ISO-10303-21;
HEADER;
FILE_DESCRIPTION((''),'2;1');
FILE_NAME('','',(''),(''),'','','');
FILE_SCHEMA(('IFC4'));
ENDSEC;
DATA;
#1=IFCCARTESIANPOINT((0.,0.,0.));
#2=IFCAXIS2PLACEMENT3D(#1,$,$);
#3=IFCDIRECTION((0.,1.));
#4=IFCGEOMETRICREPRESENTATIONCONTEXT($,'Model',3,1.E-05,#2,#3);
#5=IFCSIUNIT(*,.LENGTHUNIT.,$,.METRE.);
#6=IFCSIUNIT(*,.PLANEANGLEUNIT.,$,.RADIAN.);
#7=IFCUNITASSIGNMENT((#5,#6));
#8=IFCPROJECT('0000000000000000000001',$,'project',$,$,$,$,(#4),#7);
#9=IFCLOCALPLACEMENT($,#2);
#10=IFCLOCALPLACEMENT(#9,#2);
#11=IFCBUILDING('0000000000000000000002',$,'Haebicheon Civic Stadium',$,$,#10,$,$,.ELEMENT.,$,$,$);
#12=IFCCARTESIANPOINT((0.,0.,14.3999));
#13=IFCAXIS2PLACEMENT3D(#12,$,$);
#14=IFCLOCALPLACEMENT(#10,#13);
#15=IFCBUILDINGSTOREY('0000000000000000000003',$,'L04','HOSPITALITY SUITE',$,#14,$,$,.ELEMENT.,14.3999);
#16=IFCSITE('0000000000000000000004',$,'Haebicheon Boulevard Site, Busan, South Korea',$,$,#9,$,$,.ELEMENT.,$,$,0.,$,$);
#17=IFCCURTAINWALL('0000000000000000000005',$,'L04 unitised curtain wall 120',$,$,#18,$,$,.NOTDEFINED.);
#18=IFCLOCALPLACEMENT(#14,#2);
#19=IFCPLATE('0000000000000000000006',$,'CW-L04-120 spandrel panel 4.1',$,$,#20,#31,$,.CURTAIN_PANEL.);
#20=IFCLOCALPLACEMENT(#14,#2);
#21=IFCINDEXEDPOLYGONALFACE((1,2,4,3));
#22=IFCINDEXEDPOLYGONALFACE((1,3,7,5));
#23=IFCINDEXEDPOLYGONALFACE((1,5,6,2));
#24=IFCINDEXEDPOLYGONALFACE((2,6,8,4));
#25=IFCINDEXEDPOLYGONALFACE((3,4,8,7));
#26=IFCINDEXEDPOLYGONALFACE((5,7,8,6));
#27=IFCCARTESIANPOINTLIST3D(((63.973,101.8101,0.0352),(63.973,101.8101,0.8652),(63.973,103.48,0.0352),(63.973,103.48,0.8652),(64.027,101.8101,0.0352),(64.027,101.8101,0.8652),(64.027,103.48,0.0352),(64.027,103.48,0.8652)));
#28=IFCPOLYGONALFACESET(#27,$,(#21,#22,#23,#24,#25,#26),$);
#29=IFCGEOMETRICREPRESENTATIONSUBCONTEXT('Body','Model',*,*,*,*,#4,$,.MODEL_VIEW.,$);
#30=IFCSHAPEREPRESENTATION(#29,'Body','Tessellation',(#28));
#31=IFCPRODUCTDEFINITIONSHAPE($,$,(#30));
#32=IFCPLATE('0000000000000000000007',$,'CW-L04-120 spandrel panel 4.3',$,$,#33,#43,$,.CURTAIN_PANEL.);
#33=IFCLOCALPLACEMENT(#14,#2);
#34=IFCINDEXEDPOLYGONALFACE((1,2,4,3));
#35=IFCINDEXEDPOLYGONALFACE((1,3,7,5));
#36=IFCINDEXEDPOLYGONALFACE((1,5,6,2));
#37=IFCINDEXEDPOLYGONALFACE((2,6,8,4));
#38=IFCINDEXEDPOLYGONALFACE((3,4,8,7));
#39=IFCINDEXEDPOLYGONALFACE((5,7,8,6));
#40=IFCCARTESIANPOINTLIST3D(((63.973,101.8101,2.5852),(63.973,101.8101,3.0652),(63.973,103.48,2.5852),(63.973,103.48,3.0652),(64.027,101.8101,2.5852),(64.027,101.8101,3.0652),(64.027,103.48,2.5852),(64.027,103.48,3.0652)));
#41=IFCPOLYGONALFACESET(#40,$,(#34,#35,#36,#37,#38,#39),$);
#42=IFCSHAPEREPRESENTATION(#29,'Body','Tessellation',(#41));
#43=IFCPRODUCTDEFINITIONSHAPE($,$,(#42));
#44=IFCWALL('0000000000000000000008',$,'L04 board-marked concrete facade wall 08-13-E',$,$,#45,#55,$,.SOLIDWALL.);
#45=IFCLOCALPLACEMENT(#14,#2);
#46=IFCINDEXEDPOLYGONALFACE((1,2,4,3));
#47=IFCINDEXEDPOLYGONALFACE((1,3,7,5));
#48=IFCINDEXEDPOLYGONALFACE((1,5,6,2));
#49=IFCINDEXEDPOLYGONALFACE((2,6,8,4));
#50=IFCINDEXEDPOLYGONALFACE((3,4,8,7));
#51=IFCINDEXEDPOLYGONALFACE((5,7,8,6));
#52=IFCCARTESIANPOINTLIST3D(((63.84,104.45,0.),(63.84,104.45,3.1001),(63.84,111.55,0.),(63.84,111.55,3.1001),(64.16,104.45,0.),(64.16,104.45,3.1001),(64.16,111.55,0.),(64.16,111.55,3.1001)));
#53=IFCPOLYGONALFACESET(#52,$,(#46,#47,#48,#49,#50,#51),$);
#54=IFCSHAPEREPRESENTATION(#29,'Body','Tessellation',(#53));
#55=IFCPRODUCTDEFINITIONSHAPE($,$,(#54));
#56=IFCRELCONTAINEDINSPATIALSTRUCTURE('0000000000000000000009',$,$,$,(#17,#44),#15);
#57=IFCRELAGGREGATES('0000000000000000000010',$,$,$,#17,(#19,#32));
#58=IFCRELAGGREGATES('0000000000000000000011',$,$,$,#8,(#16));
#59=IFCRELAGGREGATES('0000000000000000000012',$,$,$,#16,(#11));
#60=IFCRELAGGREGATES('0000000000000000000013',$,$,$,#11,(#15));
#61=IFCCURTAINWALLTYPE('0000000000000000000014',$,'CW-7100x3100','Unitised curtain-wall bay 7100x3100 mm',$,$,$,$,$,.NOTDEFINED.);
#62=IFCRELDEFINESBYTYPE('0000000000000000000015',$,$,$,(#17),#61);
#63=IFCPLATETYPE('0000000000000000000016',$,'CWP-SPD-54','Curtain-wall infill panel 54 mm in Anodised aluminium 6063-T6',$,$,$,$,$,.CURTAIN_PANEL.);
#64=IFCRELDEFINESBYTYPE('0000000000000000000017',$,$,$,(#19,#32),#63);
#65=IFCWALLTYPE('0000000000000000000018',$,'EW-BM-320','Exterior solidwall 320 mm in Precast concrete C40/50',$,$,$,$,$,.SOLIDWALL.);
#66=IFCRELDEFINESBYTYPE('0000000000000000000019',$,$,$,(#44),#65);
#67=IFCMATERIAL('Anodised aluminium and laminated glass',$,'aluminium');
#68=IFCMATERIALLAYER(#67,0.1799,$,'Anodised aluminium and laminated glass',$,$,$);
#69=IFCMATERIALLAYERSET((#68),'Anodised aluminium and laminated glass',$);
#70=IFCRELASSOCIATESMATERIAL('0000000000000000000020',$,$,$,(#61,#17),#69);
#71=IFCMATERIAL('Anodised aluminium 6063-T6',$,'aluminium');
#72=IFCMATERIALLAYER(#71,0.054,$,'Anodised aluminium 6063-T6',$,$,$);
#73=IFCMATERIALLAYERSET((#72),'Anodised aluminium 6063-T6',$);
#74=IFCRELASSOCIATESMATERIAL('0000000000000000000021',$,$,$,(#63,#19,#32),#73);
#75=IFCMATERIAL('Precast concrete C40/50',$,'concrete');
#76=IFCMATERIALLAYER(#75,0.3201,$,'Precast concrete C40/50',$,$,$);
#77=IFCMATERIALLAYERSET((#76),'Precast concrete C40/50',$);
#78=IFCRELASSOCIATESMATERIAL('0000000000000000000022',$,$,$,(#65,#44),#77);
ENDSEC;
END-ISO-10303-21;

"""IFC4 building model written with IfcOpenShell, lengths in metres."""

from ifc_helpers import new_model, si_unit, direction, frame, frame_2d, origin, origin_2d, place, context, subcontext, project, spatial, rectangle, extrude, material, layer, layer_set, type_object, element, aggregate, save


model = new_model("IFC4")

# Units and contexts
model_context = context("Model", 3, precision=1e-05, world=origin(), true_north=direction((0.0, 1.0)))
body_context = subcontext(model_context, "Body", "Model", "MODEL_VIEW")
ifc_project = project(units=[si_unit("LENGTHUNIT", "METRE"), si_unit("PLANEANGLEUNIT", "RADIAN")], contexts=[model_context])

# Site, building, storey
site_placement = place(None, origin())
site = spatial("IfcSite", under=ifc_project, at=site_placement, Name="Haebicheon Boulevard Site, Busan, South Korea", CompositionType="ELEMENT", RefElevation=0.0)
building_placement = place(site_placement, origin())
building = spatial("IfcBuilding", under=site, at=building_placement, Name="Haebicheon Civic Stadium", CompositionType="ELEMENT")
storey_placement = place(building_placement, frame((0.0, 0.0, 14.3999)))
storey = spatial("IfcBuildingStorey", under=building, at=storey_placement, Name="L04", Description="HOSPITALITY SUITE", CompositionType="ELEMENT", Elevation=14.3999)

# Curtain wall
ifc_material_1 = material(Name="Anodised aluminium and laminated glass", Category="aluminium")
ifc_layer_1 = layer(ifc_material_1, 0.1799, Name="Anodised aluminium and laminated glass")
ifc_layer_set_1 = layer_set([ifc_layer_1], Name="Anodised aluminium and laminated glass")
curtain_wall_type = type_object("IfcCurtainWallType", Name="CW-7100x3100", Description="Unitised curtain-wall bay 7100x3100 mm", PredefinedType="NOTDEFINED", material=ifc_layer_set_1)
curtain_wall_1_placement = place(storey_placement, origin())
curtain_wall_1 = element("IfcCurtainWall", 1, at=curtain_wall_1_placement, inside=storey, type_object=curtain_wall_type, material=ifc_layer_set_1, Name="L04 unitised curtain wall 120", PredefinedType="NOTDEFINED")

# Plates
ifc_material_2 = material(Name="Anodised aluminium 6063-T6", Category="aluminium")
ifc_layer_2 = layer(ifc_material_2, 0.054, Name="Anodised aluminium 6063-T6")
ifc_layer_set_2 = layer_set([ifc_layer_2], Name="Anodised aluminium 6063-T6")
plate_type_1 = type_object("IfcPlateType", Name="CWP-SPD-54", Description="Curtain-wall infill panel 54 mm in Anodised aluminium 6063-T6", PredefinedType="CURTAIN_PANEL", material=ifc_layer_set_2)
plate_1_placement = place(storey_placement, frame((64.0, 102.645, 0.0352), z_axis=(0.0, 0.0, 1.0), x_axis=(0.0, 1.0, 0.0)))
plate_1 = element("IfcPlate", 2, at=plate_1_placement, type_object=plate_type_1, material=ifc_layer_set_2, Name="CW-L04-120 spandrel panel 4.1", PredefinedType="CURTAIN_PANEL", context=body_context, shape_type="SweptSolid", body=[
    extrude(rectangle(XDim=1.6699, YDim=0.054, at=origin_2d()), origin(), (0.0, 0.0, 1.0), 0.8301),
])
plate_2_placement = place(storey_placement, frame((64.0, 102.645, 2.5852), z_axis=(0.0, 0.0, 1.0), x_axis=(0.0, 1.0, 0.0)))
plate_2 = element("IfcPlate", 3, at=plate_2_placement, type_object=plate_type_1, material=ifc_layer_set_2, Name="CW-L04-120 spandrel panel 4.3", PredefinedType="CURTAIN_PANEL", context=body_context, shape_type="SweptSolid", body=[
    extrude(rectangle(XDim=1.6699, YDim=0.054, at=origin_2d()), origin(), (0.0, 0.0, 1.0), 0.48),
])
aggregate(curtain_wall_1, [plate_1, plate_2])

# Wall
ifc_material_3 = material(Name="Precast concrete C40/50", Category="concrete")
ifc_layer_3 = layer(ifc_material_3, 0.3201, Name="Precast concrete C40/50")
ifc_layer_set_3 = layer_set([ifc_layer_3], Name="Precast concrete C40/50")
wall_type = type_object("IfcWallType", Name="EW-BM-320", Description="Exterior solidwall 320 mm in Precast concrete C40/50", PredefinedType="SOLIDWALL", material=ifc_layer_set_3)
wall_placement = place(storey_placement, frame((64.0, 104.45, 0.0), z_axis=(0.0, 0.0, 1.0), x_axis=(0.0, 1.0, 0.0)))
element("IfcWall", 4, at=wall_placement, inside=storey, type_object=wall_type, material=ifc_layer_set_3, Name="L04 board-marked concrete facade wall 08-13-E", PredefinedType="SOLIDWALL", context=body_context, shape_type="SweptSolid", body=[
    extrude(rectangle(XDim=7.1001, YDim=0.3201, at=frame_2d((3.55, 0.0))), origin(), (0.0, 0.0, 1.0), 3.1001),
])

save(model, "model.ifc")
